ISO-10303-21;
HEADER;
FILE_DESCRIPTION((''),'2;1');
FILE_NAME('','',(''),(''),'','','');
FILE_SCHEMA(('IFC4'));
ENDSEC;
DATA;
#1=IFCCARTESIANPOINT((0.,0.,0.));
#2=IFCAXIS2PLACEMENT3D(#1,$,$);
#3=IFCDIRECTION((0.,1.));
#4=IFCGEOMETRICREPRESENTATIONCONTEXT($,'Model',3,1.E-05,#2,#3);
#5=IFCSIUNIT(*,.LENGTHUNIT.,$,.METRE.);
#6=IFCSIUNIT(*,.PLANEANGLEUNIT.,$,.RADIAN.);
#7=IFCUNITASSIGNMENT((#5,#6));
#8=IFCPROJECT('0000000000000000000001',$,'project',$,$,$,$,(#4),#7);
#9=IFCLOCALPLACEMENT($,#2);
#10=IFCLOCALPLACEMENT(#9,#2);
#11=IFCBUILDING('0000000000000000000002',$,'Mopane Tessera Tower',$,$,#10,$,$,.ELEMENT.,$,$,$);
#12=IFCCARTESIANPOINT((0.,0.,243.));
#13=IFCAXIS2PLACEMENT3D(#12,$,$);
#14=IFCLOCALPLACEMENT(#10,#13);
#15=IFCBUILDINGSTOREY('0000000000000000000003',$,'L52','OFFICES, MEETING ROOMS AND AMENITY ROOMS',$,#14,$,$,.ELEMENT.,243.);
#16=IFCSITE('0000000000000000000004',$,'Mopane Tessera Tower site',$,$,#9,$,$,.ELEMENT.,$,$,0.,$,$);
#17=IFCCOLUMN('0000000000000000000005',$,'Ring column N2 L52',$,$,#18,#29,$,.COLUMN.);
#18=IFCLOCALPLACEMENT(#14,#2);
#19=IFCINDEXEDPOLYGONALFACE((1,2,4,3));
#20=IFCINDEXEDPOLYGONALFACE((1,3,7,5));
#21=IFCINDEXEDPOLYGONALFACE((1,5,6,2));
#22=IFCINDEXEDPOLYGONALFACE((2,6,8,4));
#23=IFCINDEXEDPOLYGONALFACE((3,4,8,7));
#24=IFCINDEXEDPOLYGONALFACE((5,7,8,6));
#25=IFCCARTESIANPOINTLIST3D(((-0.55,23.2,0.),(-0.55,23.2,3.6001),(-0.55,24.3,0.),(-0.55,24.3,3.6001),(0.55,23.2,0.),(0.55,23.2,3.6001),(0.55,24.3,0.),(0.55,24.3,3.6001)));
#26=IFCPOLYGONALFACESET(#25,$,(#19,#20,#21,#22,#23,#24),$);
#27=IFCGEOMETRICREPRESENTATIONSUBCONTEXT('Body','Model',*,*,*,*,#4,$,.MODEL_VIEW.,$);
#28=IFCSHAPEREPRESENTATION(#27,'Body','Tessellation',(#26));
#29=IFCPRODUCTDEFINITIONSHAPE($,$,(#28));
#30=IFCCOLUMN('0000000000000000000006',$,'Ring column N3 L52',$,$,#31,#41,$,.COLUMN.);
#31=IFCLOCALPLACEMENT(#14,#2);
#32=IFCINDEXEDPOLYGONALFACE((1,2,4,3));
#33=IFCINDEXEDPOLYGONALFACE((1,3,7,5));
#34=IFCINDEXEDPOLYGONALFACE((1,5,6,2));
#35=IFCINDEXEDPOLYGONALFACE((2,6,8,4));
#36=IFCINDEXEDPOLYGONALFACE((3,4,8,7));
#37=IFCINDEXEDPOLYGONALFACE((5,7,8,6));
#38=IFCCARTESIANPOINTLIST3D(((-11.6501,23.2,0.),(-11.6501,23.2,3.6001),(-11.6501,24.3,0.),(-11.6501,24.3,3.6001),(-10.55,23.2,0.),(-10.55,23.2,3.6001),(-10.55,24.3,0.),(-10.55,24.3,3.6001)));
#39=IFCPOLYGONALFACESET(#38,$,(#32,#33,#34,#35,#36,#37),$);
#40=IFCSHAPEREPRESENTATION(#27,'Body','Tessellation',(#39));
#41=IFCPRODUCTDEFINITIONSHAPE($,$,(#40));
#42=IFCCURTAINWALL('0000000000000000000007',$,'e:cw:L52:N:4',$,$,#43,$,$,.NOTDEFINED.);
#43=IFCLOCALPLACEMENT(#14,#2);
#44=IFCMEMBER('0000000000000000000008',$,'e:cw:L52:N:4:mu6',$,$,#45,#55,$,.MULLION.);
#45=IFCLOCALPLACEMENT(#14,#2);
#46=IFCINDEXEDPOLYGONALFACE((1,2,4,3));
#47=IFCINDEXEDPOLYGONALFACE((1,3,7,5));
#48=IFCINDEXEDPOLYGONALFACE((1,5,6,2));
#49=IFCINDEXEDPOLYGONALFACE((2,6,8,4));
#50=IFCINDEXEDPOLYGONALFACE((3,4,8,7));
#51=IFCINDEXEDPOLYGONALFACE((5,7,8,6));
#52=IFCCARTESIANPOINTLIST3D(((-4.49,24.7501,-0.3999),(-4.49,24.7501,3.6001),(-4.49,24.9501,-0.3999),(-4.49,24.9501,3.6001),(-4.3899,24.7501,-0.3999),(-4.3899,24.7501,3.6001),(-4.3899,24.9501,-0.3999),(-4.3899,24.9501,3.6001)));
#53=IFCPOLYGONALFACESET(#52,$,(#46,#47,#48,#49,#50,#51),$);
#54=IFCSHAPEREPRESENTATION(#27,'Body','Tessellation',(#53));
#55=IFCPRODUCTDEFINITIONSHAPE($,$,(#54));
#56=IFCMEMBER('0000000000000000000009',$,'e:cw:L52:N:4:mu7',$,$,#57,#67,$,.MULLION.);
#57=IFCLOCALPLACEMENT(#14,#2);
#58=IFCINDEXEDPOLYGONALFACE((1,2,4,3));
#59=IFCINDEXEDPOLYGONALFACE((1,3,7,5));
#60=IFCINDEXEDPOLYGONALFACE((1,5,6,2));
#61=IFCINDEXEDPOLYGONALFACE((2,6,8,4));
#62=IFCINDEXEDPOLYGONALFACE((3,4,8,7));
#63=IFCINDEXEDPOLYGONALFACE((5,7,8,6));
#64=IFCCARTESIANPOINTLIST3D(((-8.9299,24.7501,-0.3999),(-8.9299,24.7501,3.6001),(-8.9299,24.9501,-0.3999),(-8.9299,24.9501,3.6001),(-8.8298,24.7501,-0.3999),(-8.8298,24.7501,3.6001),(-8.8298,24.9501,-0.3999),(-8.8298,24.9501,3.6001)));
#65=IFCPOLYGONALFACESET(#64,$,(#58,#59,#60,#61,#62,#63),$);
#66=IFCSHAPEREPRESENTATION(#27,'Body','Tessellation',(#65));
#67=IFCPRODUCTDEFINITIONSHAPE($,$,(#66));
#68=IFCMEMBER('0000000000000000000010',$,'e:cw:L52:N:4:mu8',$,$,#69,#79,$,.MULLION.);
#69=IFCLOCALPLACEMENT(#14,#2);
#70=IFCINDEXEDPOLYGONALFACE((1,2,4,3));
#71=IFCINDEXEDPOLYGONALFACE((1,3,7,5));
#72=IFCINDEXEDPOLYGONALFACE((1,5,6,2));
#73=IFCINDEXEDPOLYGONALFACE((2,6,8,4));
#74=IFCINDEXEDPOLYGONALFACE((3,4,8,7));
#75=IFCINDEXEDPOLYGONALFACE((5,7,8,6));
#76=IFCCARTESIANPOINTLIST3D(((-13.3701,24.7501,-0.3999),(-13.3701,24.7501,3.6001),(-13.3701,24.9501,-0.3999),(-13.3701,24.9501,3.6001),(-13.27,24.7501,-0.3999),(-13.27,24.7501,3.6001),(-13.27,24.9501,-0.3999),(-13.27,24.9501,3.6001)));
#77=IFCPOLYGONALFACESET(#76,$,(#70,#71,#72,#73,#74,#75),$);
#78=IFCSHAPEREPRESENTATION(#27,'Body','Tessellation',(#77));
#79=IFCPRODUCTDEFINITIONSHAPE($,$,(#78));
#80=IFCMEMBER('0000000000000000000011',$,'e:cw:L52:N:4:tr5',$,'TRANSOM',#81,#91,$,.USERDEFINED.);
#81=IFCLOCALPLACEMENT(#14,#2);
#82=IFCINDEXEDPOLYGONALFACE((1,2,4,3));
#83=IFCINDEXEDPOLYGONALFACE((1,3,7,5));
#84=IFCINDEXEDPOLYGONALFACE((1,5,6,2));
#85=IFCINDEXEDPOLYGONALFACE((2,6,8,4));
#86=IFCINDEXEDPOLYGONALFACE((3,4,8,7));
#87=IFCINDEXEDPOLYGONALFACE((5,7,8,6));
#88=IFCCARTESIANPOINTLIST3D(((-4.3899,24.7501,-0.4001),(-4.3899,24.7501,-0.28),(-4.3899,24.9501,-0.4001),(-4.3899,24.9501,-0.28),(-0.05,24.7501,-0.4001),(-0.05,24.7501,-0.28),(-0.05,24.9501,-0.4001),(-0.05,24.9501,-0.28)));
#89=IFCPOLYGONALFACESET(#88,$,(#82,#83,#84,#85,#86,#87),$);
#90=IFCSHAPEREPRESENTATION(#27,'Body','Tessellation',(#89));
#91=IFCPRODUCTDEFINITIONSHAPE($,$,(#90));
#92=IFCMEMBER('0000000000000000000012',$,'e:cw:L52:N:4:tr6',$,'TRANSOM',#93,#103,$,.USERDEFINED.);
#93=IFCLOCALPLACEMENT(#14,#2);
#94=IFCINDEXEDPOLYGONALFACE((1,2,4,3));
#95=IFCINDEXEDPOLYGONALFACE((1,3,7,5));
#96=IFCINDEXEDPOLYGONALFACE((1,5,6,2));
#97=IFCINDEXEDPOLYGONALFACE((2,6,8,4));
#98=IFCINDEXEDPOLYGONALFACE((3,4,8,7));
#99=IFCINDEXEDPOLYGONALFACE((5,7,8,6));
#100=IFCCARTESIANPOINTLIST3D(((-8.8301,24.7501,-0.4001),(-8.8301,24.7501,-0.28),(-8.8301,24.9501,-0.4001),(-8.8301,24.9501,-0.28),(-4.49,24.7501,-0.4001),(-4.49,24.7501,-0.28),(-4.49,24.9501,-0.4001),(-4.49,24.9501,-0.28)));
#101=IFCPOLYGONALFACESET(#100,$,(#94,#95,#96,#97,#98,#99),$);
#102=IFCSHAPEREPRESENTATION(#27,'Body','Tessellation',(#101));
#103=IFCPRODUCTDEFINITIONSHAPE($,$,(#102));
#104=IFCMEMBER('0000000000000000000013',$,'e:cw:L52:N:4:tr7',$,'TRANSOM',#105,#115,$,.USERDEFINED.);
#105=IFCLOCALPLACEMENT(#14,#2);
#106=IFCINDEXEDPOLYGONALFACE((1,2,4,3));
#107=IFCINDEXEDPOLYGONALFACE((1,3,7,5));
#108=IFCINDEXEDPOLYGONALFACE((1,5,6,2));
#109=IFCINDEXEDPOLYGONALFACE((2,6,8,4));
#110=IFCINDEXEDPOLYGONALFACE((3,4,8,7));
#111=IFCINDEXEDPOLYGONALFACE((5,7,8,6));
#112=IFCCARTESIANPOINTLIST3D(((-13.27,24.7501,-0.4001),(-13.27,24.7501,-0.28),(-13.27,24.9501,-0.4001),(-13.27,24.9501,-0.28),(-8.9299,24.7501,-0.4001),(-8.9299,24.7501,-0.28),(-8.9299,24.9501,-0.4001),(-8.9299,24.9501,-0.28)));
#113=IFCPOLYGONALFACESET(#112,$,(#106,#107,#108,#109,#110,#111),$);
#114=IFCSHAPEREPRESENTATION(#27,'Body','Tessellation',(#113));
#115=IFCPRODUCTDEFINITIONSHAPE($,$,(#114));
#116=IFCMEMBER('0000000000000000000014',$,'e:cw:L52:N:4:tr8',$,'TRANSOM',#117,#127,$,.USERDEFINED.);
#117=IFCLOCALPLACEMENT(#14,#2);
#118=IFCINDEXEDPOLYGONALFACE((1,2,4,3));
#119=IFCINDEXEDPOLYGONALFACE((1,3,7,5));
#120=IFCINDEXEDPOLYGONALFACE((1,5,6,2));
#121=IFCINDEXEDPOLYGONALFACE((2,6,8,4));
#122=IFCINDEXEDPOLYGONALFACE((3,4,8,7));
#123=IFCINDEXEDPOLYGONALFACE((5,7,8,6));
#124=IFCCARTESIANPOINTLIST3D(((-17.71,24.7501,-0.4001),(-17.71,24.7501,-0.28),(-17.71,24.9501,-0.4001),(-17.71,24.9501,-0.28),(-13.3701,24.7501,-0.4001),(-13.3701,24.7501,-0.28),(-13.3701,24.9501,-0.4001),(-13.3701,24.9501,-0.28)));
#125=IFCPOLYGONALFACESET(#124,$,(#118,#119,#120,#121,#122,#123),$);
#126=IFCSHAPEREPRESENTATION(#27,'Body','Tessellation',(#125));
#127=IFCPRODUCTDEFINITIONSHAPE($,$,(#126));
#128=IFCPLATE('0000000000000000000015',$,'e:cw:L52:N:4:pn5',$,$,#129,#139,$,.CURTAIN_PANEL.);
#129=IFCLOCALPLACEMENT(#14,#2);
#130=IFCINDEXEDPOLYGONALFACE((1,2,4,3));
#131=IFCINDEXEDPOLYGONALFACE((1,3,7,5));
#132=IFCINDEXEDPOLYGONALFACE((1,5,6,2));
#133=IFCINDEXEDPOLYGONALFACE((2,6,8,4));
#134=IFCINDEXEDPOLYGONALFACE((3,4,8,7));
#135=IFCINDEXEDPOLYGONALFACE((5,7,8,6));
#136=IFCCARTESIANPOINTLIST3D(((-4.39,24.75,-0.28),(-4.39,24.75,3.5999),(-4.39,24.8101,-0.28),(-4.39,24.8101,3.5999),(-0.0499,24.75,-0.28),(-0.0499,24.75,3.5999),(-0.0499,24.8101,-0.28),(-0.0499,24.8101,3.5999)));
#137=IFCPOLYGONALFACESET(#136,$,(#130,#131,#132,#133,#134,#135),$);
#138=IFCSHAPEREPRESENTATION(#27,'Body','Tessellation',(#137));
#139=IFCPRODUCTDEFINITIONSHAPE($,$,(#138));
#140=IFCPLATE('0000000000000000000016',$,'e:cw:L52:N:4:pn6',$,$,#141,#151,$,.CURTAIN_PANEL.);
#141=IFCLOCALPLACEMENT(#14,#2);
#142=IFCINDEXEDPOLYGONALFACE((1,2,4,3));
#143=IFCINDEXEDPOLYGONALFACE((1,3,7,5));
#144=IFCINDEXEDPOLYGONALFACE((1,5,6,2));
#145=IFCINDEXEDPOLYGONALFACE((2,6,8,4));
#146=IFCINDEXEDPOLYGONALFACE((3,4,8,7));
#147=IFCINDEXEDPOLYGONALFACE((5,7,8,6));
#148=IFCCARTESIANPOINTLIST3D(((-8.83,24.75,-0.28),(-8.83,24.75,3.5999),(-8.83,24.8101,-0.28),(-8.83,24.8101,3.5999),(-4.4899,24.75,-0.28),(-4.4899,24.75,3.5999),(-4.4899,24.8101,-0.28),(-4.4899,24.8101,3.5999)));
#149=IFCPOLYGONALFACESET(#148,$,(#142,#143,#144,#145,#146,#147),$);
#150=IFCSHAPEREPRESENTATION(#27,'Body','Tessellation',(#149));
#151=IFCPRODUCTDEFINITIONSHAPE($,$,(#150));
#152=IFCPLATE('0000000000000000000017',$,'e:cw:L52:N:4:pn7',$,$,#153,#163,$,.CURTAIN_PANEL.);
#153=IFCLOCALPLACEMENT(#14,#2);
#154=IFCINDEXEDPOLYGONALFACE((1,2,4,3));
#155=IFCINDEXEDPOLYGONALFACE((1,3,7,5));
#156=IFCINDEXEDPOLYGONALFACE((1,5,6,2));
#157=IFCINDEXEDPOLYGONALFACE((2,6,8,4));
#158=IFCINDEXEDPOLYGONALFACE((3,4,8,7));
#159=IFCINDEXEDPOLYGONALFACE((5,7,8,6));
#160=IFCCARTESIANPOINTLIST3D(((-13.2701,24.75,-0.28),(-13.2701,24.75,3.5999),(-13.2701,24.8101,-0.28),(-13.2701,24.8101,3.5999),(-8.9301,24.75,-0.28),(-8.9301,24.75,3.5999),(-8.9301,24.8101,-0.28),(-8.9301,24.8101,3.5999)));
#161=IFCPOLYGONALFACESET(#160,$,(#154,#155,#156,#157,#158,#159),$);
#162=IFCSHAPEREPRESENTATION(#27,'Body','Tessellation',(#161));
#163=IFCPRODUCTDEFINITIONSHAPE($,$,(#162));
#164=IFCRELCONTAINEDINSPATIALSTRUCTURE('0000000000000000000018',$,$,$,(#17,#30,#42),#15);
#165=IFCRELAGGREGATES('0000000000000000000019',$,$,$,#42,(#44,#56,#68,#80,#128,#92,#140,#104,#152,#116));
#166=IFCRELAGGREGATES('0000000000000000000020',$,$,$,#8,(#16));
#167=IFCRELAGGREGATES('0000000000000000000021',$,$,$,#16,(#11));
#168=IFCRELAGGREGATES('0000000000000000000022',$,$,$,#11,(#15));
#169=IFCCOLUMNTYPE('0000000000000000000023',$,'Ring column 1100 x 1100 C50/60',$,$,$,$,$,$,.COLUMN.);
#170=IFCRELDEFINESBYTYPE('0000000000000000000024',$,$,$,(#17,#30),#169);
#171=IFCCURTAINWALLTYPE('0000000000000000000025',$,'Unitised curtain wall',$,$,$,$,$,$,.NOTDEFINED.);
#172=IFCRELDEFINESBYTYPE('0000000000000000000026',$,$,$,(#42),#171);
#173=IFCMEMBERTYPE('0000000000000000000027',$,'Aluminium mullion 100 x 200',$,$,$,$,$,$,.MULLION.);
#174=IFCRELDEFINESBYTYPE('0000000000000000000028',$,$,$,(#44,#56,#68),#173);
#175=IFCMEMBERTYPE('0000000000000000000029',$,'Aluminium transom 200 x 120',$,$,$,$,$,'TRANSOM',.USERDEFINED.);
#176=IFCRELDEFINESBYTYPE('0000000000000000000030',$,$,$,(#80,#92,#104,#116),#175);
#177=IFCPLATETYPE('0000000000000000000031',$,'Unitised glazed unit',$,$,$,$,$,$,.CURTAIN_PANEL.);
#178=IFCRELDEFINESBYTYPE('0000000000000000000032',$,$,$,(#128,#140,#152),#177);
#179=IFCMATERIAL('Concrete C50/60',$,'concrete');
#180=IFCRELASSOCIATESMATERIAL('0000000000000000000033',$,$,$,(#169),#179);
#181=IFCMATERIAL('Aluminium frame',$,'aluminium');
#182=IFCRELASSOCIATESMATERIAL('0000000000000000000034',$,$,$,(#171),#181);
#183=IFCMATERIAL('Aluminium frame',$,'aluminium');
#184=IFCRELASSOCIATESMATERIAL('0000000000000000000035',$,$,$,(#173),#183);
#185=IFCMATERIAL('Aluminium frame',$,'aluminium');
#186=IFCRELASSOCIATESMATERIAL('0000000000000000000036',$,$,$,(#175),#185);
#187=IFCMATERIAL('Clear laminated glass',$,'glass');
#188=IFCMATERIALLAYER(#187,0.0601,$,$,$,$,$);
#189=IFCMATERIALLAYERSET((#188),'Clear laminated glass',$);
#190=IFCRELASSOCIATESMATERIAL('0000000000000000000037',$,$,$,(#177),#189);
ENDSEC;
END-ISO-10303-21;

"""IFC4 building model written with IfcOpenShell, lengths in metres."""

from ifc_helpers import new_model, si_unit, direction, frame, origin, origin_2d, place, context, subcontext, project, spatial, rectangle, extrude, material, layer, layer_set, material_profile, profile_set, type_object, element, aggregate, save


model = new_model("IFC4")

# Units and contexts
model_context = context("Model", 3, precision=1e-05, world=origin(), true_north=direction((0.0, 1.0)))
body_context = subcontext(model_context, "Body", "Model", "MODEL_VIEW")
ifc_project = project(units=[si_unit("LENGTHUNIT", "METRE"), si_unit("PLANEANGLEUNIT", "RADIAN")], contexts=[model_context])

# Site, building, storey
site_placement = place(None, origin())
site = spatial("IfcSite", under=ifc_project, at=site_placement, Name="Mopane Tessera Tower site", CompositionType="ELEMENT", RefElevation=0.0)
building_placement = place(site_placement, origin())
building = spatial("IfcBuilding", under=site, at=building_placement, Name="Mopane Tessera Tower", CompositionType="ELEMENT")
storey_placement = place(building_placement, frame((0.0, 0.0, 243.0)))
storey = spatial("IfcBuildingStorey", under=building, at=storey_placement, Name="L52", Description="OFFICES, MEETING ROOMS AND AMENITY ROOMS", CompositionType="ELEMENT", Elevation=243.0)

# Columns
ifc_material_1 = material(Name="Concrete C50/60", Category="concrete")
ifc_material_profile_1 = material_profile(ifc_material_1, rectangle(XDim=1.1001, YDim=1.1001, at=origin_2d()))
ifc_profile_set_1 = profile_set([ifc_material_profile_1], Name="Concrete C50/60")
column_type = type_object("IfcColumnType", Name="Ring column 1100 x 1100 C50/60", PredefinedType="COLUMN", material=ifc_profile_set_1)
for number, where, z_axis, x_axis, name in (
    (1, (0.0, 23.75, 0.0), (0.0, 0.0, 1.0), (1.0, 0.0, 0.0), "Ring column N2 L52"),
    (2, (-11.1001, 23.75, 0.0), (0.0, 0.0, 1.0), (1.0, 0.0, 0.0), "Ring column N3 L52"),
):
    element("IfcColumn", number, at=place(storey_placement, frame(where, z_axis=z_axis, x_axis=x_axis)), inside=storey, type_object=column_type, Name=name, PredefinedType="COLUMN", context=body_context, shape_type="SweptSolid", body=[
        extrude(rectangle(XDim=1.1001, YDim=1.1001, at=origin_2d()), origin(), (0.0, 0.0, 1.0), 3.6001),
    ])

# Curtain wall, members, plates
ifc_material_2 = material(Name="Aluminium frame", Category="aluminium")
curtain_wall_type = type_object("IfcCurtainWallType", Name="Unitised curtain wall", PredefinedType="NOTDEFINED", material=ifc_material_2)
curtain_wall_placement = place(storey_placement, origin())
curtain_wall = element("IfcCurtainWall", 3, at=curtain_wall_placement, inside=storey, type_object=curtain_wall_type, Name="e:cw:L52:N:4", PredefinedType="NOTDEFINED")
ifc_material_3 = material(Name="Aluminium frame", Category="aluminium")
ifc_material_profile_2 = material_profile(ifc_material_3, rectangle(XDim=0.1001, YDim=0.2, at=origin_2d()))
ifc_profile_set_2 = profile_set([ifc_material_profile_2], Name="Aluminium frame")
member_type_1 = type_object("IfcMemberType", Name="Aluminium mullion 100 x 200", PredefinedType="MULLION", material=ifc_profile_set_2)
member_1_placement = place(storey_placement, frame((-4.4399, 24.8501, -0.3999), z_axis=(0.0, 0.0, 1.0), x_axis=(-1.0, 0.0, 0.0)))
member_1 = element("IfcMember", 4, at=member_1_placement, type_object=member_type_1, Name="e:cw:L52:N:4:mu6", PredefinedType="MULLION", context=body_context, shape_type="SweptSolid", body=[
    extrude(rectangle(XDim=0.1001, YDim=0.2, at=origin_2d()), origin(), (0.0, 0.0, 1.0), 4.0),
])
member_2_placement = place(storey_placement, frame((-8.8799, 24.8501, -0.3999), z_axis=(0.0, 0.0, 1.0), x_axis=(-1.0, 0.0, 0.0)))
member_2 = element("IfcMember", 5, at=member_2_placement, type_object=member_type_1, Name="e:cw:L52:N:4:mu7", PredefinedType="MULLION", context=body_context, shape_type="SweptSolid", body=[
    extrude(rectangle(XDim=0.1001, YDim=0.2, at=origin_2d()), origin(), (0.0, 0.0, 1.0), 4.0),
])
member_3_placement = place(storey_placement, frame((-13.3201, 24.8501, -0.3999), z_axis=(0.0, 0.0, 1.0), x_axis=(-1.0, 0.0, 0.0)))
member_3 = element("IfcMember", 6, at=member_3_placement, type_object=member_type_1, Name="e:cw:L52:N:4:mu8", PredefinedType="MULLION", context=body_context, shape_type="SweptSolid", body=[
    extrude(rectangle(XDim=0.1001, YDim=0.2, at=origin_2d()), origin(), (0.0, 0.0, 1.0), 4.0),
])
ifc_material_4 = material(Name="Aluminium frame", Category="aluminium")
ifc_material_profile_3 = material_profile(ifc_material_4, rectangle(XDim=0.2, YDim=0.1201, at=origin_2d()))
ifc_profile_set_3 = profile_set([ifc_material_profile_3], Name="Aluminium frame")
member_type_2 = type_object("IfcMemberType", Name="Aluminium transom 200 x 120", ElementType="TRANSOM", PredefinedType="USERDEFINED", material=ifc_profile_set_3)
member_4_placement = place(storey_placement, frame((-0.05, 24.8501, -0.3401), z_axis=(-1.0, 0.0, 0.0), x_axis=(0.0, -1.0, 0.0)))
member_4 = element("IfcMember", 7, at=member_4_placement, type_object=member_type_2, Name="e:cw:L52:N:4:tr5", ObjectType="TRANSOM", PredefinedType="USERDEFINED", context=body_context, shape_type="SweptSolid", body=[
    extrude(rectangle(XDim=0.2, YDim=0.1201, at=origin_2d()), origin(), (0.0, 0.0, 1.0), 4.3398),
])
member_5_placement = place(storey_placement, frame((-4.49, 24.8501, -0.3401), z_axis=(-1.0, 0.0, 0.0), x_axis=(0.0, -1.0, 0.0)))
member_5 = element("IfcMember", 8, at=member_5_placement, type_object=member_type_2, Name="e:cw:L52:N:4:tr6", ObjectType="TRANSOM", PredefinedType="USERDEFINED", context=body_context, shape_type="SweptSolid", body=[
    extrude(rectangle(XDim=0.2, YDim=0.1201, at=origin_2d()), origin(), (0.0, 0.0, 1.0), 4.3401),
])
member_6_placement = place(storey_placement, frame((-8.9299, 24.8501, -0.3401), z_axis=(-1.0, 0.0, 0.0), x_axis=(0.0, -1.0, 0.0)))
member_6 = element("IfcMember", 9, at=member_6_placement, type_object=member_type_2, Name="e:cw:L52:N:4:tr7", ObjectType="TRANSOM", PredefinedType="USERDEFINED", context=body_context, shape_type="SweptSolid", body=[
    extrude(rectangle(XDim=0.2, YDim=0.1201, at=origin_2d()), origin(), (0.0, 0.0, 1.0), 4.3401),
])
member_7_placement = place(storey_placement, frame((-13.3701, 24.8501, -0.3401), z_axis=(-1.0, 0.0, 0.0), x_axis=(0.0, -1.0, 0.0)))
member_7 = element("IfcMember", 10, at=member_7_placement, type_object=member_type_2, Name="e:cw:L52:N:4:tr8", ObjectType="TRANSOM", PredefinedType="USERDEFINED", context=body_context, shape_type="SweptSolid", body=[
    extrude(rectangle(XDim=0.2, YDim=0.1201, at=origin_2d()), origin(), (0.0, 0.0, 1.0), 4.3398),
])
ifc_material_5 = material(Name="Clear laminated glass", Category="glass")
ifc_layer_1 = layer(ifc_material_5, 0.0601)
ifc_layer_set_1 = layer_set([ifc_layer_1], Name="Clear laminated glass")
plate_type = type_object("IfcPlateType", Name="Unitised glazed unit", PredefinedType="CURTAIN_PANEL", material=ifc_layer_set_1)
plate_1_placement = place(storey_placement, frame((-2.22, 24.78, -0.28), z_axis=(0.0, 0.0, 1.0), x_axis=(-1.0, 0.0, 0.0)))
plate_1 = element("IfcPlate", 11, at=plate_1_placement, type_object=plate_type, Name="e:cw:L52:N:4:pn5", PredefinedType="CURTAIN_PANEL", context=body_context, shape_type="SweptSolid", body=[
    extrude(rectangle(XDim=4.3401, YDim=0.0601, at=origin_2d()), origin(), (0.0, 0.0, 1.0), 3.8799),
])
plate_2_placement = place(storey_placement, frame((-6.6599, 24.78, -0.28), z_axis=(0.0, 0.0, 1.0), x_axis=(-1.0, 0.0, 0.0)))
plate_2 = element("IfcPlate", 12, at=plate_2_placement, type_object=plate_type, Name="e:cw:L52:N:4:pn6", PredefinedType="CURTAIN_PANEL", context=body_context, shape_type="SweptSolid", body=[
    extrude(rectangle(XDim=4.3401, YDim=0.0601, at=origin_2d()), origin(), (0.0, 0.0, 1.0), 3.8799),
])
plate_3_placement = place(storey_placement, frame((-11.1001, 24.78, -0.28), z_axis=(0.0, 0.0, 1.0), x_axis=(-1.0, 0.0, 0.0)))
plate_3 = element("IfcPlate", 13, at=plate_3_placement, type_object=plate_type, Name="e:cw:L52:N:4:pn7", PredefinedType="CURTAIN_PANEL", context=body_context, shape_type="SweptSolid", body=[
    extrude(rectangle(XDim=4.3401, YDim=0.0601, at=origin_2d()), origin(), (0.0, 0.0, 1.0), 3.8799),
])
aggregate(curtain_wall, [member_1, member_2, member_3, member_4, plate_1, member_5, plate_2, member_6, plate_3, member_7])

save(model, "model.ifc")
